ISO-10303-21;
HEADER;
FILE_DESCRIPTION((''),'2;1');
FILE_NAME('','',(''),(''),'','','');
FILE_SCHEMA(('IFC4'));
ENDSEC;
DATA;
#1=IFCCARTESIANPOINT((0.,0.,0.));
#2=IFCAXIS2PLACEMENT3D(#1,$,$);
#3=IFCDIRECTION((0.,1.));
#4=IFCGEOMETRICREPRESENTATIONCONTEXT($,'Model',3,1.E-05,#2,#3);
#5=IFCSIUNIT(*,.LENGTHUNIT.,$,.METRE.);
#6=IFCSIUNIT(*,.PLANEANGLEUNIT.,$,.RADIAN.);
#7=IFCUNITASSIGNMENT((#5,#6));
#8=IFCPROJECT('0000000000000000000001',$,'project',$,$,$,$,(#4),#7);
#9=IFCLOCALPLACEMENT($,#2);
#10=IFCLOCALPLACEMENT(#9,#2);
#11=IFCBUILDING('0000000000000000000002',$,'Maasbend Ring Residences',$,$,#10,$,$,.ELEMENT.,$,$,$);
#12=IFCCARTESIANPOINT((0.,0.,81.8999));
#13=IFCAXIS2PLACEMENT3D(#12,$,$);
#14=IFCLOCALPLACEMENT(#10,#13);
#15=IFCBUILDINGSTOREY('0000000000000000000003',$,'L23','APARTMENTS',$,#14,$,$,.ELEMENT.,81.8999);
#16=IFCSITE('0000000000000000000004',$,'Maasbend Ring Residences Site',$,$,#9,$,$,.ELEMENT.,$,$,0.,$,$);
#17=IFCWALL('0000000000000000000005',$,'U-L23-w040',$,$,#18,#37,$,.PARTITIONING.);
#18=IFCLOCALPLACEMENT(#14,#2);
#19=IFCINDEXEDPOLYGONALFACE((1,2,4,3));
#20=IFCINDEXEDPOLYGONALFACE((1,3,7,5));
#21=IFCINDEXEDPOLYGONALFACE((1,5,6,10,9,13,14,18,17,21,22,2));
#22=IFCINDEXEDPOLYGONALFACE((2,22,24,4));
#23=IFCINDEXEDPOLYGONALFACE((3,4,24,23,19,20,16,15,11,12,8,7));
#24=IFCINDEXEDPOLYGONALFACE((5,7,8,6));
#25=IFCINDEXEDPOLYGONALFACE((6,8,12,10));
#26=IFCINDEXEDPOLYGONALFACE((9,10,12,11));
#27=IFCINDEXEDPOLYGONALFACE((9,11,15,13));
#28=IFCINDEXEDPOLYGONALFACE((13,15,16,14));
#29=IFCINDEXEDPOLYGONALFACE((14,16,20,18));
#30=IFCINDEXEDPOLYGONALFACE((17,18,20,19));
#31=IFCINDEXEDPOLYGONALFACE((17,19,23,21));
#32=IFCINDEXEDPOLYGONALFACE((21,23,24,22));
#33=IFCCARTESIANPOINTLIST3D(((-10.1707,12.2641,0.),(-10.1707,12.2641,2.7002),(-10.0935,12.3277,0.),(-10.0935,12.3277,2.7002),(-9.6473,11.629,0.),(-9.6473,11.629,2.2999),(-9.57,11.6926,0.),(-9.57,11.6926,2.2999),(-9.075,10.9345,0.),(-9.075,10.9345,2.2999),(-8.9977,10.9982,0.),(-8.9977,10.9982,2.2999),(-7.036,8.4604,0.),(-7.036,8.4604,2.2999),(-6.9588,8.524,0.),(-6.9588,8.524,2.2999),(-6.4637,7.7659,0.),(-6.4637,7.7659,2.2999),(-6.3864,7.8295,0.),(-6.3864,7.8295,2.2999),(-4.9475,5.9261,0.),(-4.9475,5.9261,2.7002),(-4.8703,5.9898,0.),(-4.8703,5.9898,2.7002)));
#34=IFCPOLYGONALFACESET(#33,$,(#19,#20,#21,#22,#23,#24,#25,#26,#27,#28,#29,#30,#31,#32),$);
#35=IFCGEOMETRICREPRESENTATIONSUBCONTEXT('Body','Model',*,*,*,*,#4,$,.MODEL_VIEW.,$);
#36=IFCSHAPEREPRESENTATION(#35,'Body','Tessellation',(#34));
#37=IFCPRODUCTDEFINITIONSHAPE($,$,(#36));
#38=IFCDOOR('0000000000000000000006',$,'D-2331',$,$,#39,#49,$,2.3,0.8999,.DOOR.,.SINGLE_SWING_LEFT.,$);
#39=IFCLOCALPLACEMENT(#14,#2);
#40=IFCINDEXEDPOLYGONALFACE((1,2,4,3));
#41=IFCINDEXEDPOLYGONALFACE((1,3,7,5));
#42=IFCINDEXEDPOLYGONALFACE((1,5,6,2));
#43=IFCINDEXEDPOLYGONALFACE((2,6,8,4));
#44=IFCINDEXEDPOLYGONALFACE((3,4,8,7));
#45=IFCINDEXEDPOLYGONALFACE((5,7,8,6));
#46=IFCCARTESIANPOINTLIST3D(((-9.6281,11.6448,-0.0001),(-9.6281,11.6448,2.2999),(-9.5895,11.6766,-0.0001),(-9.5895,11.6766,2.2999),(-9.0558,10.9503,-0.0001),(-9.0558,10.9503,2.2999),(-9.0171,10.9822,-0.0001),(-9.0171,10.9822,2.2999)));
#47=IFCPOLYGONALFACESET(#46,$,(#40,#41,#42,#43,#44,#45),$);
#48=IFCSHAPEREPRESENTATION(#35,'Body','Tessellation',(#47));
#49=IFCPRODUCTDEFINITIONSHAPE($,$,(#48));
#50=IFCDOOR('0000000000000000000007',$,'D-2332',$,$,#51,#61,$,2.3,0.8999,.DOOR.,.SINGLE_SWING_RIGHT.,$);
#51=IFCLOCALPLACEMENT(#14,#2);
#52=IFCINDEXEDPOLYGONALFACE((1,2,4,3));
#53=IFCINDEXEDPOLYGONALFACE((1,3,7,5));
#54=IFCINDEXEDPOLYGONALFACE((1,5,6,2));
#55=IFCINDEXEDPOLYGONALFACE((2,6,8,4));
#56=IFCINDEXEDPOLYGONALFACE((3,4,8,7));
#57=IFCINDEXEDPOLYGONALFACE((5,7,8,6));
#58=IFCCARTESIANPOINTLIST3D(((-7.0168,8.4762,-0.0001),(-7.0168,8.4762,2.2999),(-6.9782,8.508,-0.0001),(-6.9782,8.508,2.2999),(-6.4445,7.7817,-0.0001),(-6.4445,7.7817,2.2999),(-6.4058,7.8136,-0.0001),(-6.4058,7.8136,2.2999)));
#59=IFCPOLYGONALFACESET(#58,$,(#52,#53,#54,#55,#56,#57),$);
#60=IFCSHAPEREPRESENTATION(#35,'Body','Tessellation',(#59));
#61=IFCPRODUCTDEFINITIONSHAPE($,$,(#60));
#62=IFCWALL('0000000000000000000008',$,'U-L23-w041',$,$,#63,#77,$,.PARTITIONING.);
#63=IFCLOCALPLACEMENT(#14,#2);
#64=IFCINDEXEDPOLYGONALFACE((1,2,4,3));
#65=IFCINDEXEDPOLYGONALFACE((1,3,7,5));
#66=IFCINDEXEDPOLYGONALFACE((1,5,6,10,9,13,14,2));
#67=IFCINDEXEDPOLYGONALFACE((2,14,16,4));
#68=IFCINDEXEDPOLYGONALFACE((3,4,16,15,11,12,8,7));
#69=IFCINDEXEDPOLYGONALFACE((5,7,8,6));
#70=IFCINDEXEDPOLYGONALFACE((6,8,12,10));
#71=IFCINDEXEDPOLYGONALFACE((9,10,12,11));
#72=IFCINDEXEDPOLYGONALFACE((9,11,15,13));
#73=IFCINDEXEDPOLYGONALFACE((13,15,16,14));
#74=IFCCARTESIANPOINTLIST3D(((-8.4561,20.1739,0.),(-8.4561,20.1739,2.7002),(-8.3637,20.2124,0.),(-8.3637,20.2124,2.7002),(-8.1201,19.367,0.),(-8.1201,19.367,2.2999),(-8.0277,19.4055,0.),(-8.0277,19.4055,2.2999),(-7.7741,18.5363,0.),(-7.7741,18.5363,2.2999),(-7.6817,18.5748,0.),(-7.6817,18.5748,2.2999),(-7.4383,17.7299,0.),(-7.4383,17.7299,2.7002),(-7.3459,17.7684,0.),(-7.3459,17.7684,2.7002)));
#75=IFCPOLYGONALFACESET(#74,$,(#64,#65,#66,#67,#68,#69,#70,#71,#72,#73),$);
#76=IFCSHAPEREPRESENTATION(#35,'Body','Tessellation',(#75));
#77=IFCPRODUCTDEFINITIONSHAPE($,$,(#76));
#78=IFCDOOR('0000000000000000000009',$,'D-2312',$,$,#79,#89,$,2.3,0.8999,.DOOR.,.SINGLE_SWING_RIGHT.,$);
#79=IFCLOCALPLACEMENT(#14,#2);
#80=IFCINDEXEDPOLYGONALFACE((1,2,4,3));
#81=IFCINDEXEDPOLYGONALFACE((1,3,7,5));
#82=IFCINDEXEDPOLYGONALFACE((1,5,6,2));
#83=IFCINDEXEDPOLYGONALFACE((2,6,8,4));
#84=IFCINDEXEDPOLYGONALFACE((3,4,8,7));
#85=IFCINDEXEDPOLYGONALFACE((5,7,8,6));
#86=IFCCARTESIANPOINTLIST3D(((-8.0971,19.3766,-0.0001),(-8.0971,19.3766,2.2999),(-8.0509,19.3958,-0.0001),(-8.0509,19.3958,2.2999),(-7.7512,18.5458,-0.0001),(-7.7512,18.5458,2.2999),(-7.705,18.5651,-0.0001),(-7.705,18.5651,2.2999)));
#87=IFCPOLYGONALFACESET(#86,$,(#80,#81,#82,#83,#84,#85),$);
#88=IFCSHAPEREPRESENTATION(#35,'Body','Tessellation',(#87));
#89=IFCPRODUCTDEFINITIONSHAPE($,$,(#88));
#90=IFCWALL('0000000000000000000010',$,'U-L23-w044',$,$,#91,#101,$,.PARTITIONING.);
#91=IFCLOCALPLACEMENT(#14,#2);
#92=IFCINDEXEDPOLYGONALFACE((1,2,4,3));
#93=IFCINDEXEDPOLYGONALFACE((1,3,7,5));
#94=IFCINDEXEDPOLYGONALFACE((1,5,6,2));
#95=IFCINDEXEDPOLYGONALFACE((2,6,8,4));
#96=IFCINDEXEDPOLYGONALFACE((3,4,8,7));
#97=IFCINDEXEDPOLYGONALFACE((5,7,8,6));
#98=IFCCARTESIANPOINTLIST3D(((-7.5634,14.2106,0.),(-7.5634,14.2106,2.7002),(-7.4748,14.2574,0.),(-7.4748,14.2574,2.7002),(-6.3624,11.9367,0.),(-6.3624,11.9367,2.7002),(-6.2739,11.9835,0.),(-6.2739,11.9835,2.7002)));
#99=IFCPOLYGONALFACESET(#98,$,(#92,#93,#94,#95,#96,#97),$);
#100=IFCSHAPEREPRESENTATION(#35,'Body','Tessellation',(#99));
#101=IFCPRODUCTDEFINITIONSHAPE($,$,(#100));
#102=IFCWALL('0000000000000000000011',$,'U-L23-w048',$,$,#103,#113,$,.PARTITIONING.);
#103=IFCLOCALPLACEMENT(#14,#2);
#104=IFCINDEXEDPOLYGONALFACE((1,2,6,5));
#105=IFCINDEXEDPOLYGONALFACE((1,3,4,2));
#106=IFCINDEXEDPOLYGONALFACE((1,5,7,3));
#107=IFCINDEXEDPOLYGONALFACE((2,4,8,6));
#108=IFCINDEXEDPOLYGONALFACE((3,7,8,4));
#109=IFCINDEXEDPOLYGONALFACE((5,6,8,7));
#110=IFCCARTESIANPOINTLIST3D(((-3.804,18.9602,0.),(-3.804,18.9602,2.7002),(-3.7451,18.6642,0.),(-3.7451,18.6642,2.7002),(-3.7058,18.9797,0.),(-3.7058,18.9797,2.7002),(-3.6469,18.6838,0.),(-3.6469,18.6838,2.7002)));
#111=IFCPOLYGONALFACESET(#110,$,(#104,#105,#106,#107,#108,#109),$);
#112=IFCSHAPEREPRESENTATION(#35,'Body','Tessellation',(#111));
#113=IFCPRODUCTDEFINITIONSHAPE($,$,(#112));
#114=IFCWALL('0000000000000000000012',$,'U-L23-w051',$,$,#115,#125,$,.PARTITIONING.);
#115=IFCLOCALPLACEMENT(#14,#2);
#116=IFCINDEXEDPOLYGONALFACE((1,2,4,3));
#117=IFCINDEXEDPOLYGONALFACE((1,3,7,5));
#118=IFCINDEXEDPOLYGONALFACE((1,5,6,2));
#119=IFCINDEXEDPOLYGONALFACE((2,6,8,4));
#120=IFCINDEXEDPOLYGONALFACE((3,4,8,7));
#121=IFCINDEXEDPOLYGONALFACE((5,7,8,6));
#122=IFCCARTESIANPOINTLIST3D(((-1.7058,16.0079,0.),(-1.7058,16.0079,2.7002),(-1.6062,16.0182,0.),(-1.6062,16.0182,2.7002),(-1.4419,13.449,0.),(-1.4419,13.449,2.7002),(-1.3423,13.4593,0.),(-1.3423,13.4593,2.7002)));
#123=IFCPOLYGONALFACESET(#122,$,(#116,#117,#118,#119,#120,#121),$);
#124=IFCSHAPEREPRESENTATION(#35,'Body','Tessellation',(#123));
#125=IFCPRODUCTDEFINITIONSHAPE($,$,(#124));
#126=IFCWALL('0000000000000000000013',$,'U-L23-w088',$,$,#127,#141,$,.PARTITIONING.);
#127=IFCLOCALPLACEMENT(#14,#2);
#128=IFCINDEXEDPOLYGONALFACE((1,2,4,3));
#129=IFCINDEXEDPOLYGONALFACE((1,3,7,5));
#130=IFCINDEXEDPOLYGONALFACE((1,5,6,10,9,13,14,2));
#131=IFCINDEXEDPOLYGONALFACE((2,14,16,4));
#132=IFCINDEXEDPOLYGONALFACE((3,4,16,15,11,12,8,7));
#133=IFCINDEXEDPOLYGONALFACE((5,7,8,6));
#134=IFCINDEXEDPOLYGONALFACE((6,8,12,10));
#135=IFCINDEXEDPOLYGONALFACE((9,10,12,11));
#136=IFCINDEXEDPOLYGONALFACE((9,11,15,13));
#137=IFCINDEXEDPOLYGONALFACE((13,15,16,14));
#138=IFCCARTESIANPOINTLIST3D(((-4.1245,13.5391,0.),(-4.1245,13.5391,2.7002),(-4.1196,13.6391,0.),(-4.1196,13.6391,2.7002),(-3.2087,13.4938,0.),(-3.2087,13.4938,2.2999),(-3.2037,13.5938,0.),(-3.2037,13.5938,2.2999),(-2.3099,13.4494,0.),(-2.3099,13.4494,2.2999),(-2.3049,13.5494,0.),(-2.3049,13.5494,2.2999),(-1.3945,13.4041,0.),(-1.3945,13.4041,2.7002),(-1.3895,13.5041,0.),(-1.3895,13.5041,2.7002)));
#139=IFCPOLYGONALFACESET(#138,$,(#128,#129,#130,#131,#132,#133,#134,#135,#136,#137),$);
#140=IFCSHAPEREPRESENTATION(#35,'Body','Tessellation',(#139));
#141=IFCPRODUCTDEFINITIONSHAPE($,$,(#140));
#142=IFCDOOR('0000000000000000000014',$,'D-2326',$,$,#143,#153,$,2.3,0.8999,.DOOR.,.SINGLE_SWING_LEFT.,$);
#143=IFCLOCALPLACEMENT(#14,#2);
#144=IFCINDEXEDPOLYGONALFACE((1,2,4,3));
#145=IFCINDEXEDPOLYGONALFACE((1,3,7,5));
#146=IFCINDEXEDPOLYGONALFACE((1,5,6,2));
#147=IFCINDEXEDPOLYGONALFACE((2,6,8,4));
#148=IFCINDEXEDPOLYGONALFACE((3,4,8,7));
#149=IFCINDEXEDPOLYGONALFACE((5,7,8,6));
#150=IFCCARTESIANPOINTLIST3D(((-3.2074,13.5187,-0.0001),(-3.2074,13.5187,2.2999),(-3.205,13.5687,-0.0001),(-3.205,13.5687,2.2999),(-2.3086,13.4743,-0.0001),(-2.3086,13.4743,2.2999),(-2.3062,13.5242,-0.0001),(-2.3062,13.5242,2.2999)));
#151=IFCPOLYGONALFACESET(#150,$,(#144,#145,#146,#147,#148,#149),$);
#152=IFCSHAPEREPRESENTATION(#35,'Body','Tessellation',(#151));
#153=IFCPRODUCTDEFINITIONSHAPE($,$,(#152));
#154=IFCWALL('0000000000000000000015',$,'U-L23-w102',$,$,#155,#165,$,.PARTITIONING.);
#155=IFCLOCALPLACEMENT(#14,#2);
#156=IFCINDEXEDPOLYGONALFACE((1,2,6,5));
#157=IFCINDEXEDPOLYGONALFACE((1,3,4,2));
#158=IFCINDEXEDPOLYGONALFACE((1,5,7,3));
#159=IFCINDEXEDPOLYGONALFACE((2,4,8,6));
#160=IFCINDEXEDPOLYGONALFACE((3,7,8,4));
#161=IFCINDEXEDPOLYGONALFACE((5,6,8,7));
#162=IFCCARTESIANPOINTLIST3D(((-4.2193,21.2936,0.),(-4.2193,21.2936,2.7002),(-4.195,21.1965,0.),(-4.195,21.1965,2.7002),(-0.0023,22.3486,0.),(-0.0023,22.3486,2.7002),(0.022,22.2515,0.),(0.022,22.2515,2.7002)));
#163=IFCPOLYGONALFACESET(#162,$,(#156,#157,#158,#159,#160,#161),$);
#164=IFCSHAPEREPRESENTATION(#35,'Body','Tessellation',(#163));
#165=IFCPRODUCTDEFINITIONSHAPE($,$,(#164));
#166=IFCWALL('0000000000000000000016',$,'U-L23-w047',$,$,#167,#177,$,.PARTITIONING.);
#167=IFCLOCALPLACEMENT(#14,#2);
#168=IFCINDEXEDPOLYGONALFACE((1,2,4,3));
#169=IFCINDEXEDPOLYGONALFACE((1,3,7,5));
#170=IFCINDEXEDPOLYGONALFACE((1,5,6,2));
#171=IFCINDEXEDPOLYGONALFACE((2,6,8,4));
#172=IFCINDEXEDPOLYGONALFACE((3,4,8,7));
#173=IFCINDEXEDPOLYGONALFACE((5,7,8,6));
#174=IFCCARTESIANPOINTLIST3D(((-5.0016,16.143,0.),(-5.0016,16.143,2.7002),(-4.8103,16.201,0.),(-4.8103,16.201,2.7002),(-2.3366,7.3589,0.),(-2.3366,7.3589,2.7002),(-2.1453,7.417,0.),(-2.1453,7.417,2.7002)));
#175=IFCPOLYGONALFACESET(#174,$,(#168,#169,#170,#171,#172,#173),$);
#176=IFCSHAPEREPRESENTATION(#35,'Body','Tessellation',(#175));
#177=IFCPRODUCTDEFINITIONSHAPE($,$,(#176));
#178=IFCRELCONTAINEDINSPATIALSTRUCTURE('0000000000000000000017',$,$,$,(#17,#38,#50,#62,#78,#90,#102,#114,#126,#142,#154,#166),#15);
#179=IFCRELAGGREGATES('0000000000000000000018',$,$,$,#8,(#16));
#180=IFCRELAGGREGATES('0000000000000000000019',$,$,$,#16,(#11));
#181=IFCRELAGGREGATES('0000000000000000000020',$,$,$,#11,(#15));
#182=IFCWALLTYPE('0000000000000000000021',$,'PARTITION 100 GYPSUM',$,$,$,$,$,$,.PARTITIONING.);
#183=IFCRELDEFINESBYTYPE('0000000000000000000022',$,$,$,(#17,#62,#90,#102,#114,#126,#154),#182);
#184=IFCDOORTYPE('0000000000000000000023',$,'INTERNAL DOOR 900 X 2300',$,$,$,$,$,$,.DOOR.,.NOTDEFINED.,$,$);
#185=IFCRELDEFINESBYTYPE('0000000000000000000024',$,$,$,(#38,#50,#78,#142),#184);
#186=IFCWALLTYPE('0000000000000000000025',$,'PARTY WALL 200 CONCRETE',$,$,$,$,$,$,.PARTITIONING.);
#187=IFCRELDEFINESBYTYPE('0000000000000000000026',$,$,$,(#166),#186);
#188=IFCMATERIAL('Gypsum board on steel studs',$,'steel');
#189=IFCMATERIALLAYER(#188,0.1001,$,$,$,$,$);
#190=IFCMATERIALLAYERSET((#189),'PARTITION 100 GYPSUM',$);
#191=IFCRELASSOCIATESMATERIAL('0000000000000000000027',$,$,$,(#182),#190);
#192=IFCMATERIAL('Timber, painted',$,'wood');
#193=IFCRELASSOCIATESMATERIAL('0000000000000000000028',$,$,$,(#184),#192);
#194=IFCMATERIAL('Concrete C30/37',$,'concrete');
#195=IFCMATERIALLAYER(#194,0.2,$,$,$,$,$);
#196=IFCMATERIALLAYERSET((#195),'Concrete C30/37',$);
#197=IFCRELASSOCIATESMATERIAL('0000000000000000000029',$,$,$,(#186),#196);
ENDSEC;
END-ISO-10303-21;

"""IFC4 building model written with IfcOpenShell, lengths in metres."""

from ifc_helpers import new_model, si_unit, direction, frame, frame_2d, origin, place, context, subcontext, project, spatial, rectangle, extrude, material, layer, layer_set, type_object, element, fill, save


model = new_model("IFC4")

# Units and contexts
model_context = context("Model", 3, precision=1e-05, world=origin(), true_north=direction((0.0, 1.0)))
body_context = subcontext(model_context, "Body", "Model", "MODEL_VIEW")
ifc_project = project(units=[si_unit("LENGTHUNIT", "METRE"), si_unit("PLANEANGLEUNIT", "RADIAN")], contexts=[model_context])

# Site, building, storey
site_placement = place(None, origin())
site = spatial("IfcSite", under=ifc_project, at=site_placement, Name="Maasbend Ring Residences Site", CompositionType="ELEMENT", RefElevation=0.0)
building_placement = place(site_placement, origin())
building = spatial("IfcBuilding", under=site, at=building_placement, Name="Maasbend Ring Residences", CompositionType="ELEMENT")
storey_placement = place(building_placement, frame((0.0, 0.0, 81.8999)))
storey = spatial("IfcBuildingStorey", under=building, at=storey_placement, Name="L23", Description="APARTMENTS", CompositionType="ELEMENT", Elevation=81.8999)

# Wall, openings, doors
ifc_material_1 = material(Name="Gypsum board on steel studs", Category="steel")
ifc_layer_1 = layer(ifc_material_1, 0.1001)
ifc_layer_set_1 = layer_set([ifc_layer_1], Name="PARTITION 100 GYPSUM")
wall_type_1 = type_object("IfcWallType", Name="PARTITION 100 GYPSUM", PredefinedType="PARTITIONING", material=ifc_layer_set_1)
wall_1_placement = place(storey_placement, frame((-10.1321, 12.2959, 0.0), z_axis=(0.0, 0.0, 1.0), x_axis=(0.635976, -0.771709, 0.0)))
wall_1 = element("IfcWall", 1, at=wall_1_placement, inside=storey, type_object=wall_type_1, Name="U-L23-w040", PredefinedType="PARTITIONING", context=body_context, shape_type="SweptSolid", body=[
    extrude(rectangle(XDim=8.2129, YDim=0.1001, at=frame_2d((4.1064, 0.0))), origin(), (0.0, 0.0, 1.0), 2.7002),
])
opening_1_placement = place(wall_1_placement, frame((0.823, 0.0, 0.0)))
opening_1 = element("IfcOpeningElement", 2, at=opening_1_placement, cuts=wall_1, PredefinedType="OPENING", context=body_context, shape_type="SweptSolid", body=[
    extrude(rectangle(XDim=0.8999, YDim=2.3, at=frame_2d((0.45, 1.1499))), frame((0.0, 0.0601, 0.0), z_axis=(0.0, -1.0, 0.0), x_axis=(1.0, 0.0, 0.0)), (0.0, 0.0, 1.0), 0.1201),
])
opening_2_placement = place(wall_1_placement, frame((4.929, 0.0, 0.0)))
opening_2 = element("IfcOpeningElement", 3, at=opening_2_placement, cuts=wall_1, PredefinedType="OPENING", context=body_context, shape_type="SweptSolid", body=[
    extrude(rectangle(XDim=0.8999, YDim=2.3, at=frame_2d((0.45, 1.1499))), frame((0.0, 0.0601, 0.0), z_axis=(0.0, -1.0, 0.0), x_axis=(1.0, 0.0, 0.0)), (0.0, 0.0, 1.0), 0.1201),
])
ifc_material_2 = material(Name="Timber, painted", Category="wood")
door_type_1 = type_object("IfcDoorType", Name="INTERNAL DOOR 900 X 2300", OperationType="NOTDEFINED", PredefinedType="DOOR", material=ifc_material_2)
door_1_placement = place(opening_1_placement, origin())
door_1 = element("IfcDoor", 4, at=door_1_placement, inside=storey, type_object=door_type_1, Name="D-2331", OperationType="SINGLE_SWING_LEFT", OverallHeight=2.3, OverallWidth=0.8999, PredefinedType="DOOR", context=body_context, shape_type="SweptSolid", body=[
    extrude(rectangle(XDim=0.8999, YDim=2.3, at=frame_2d((0.45, 1.1499))), frame((0.0, 0.0249, 0.0), z_axis=(0.0, -1.0, 0.0), x_axis=(1.0, 0.0, 0.0)), (0.0, 0.0, 1.0), 0.05),
])
fill(opening_1, door_1)
door_2_placement = place(opening_2_placement, origin())
door_2 = element("IfcDoor", 5, at=door_2_placement, inside=storey, type_object=door_type_1, Name="D-2332", OperationType="SINGLE_SWING_RIGHT", OverallHeight=2.3, OverallWidth=0.8999, PredefinedType="DOOR", context=body_context, shape_type="SweptSolid", body=[
    extrude(rectangle(XDim=0.8999, YDim=2.3, at=frame_2d((0.45, 1.1499))), frame((0.0, 0.0249, 0.0), z_axis=(0.0, -1.0, 0.0), x_axis=(1.0, 0.0, 0.0)), (0.0, 0.0, 1.0), 0.05),
])
fill(opening_2, door_2)

# Wall, opening, door
wall_2_placement = place(storey_placement, frame((-8.4099, 20.1931, 0.0), z_axis=(0.0, 0.0, 1.0), x_axis=(0.384439, -0.923151, 0.0)))
wall_2 = element("IfcWall", 6, at=wall_2_placement, inside=storey, type_object=wall_type_1, Name="U-L23-w041", PredefinedType="PARTITIONING", context=body_context, shape_type="SweptSolid", body=[
    extrude(rectangle(XDim=2.6475, YDim=0.1001, at=frame_2d((1.3237, 0.0))), origin(), (0.0, 0.0, 1.0), 2.7002),
])
opening_3_placement = place(wall_2_placement, frame((0.874, 0.0, 0.0)))
opening_3 = element("IfcOpeningElement", 7, at=opening_3_placement, cuts=wall_2, PredefinedType="OPENING", context=body_context, shape_type="SweptSolid", body=[
    extrude(rectangle(XDim=0.8999, YDim=2.3, at=frame_2d((0.45, 1.1499))), frame((0.0, 0.0601, 0.0), z_axis=(0.0, -1.0, 0.0), x_axis=(1.0, 0.0, 0.0)), (0.0, 0.0, 1.0), 0.1201),
])
door_3_placement = place(opening_3_placement, origin())
door_3 = element("IfcDoor", 8, at=door_3_placement, inside=storey, type_object=door_type_1, Name="D-2312", OperationType="SINGLE_SWING_RIGHT", OverallHeight=2.3, OverallWidth=0.8999, PredefinedType="DOOR", context=body_context, shape_type="SweptSolid", body=[
    extrude(rectangle(XDim=0.8999, YDim=2.3, at=frame_2d((0.45, 1.1499))), frame((0.0, 0.0249, 0.0), z_axis=(0.0, -1.0, 0.0), x_axis=(1.0, 0.0, 0.0)), (0.0, 0.0, 1.0), 0.05),
])
fill(opening_3, door_3)

# Walls
wall_3_placement = place(storey_placement, frame((-7.519, 14.2339, 0.0), z_axis=(0.0, 0.0, 1.0), x_axis=(0.467002, -0.884256, 0.0)))
element("IfcWall", 9, at=wall_3_placement, inside=storey, type_object=wall_type_1, Name="U-L23-w044", PredefinedType="PARTITIONING", context=body_context, shape_type="SweptSolid", body=[
    extrude(rectangle(XDim=2.5715, YDim=0.1001, at=frame_2d((1.2856, 0.0))), origin(), (0.0, 0.0, 1.0), 2.7002),
])
wall_4_placement = place(storey_placement, frame((-3.7549, 18.97, 0.0), z_axis=(0.0, 0.0, 1.0), x_axis=(0.195027, -0.980798, 0.0)))
element("IfcWall", 10, at=wall_4_placement, inside=storey, type_object=wall_type_1, Name="U-L23-w048", PredefinedType="PARTITIONING", context=body_context, shape_type="SweptSolid", body=[
    extrude(rectangle(XDim=0.3018, YDim=0.1001, at=frame_2d((0.1509, 0.0))), origin(), (0.0, 0.0, 1.0), 2.7002),
])
wall_5_placement = place(storey_placement, frame((-1.656, 16.0129, 0.0), z_axis=(0.0, 0.0, 1.0), x_axis=(0.102595, -0.994723, 0.0)))
element("IfcWall", 11, at=wall_5_placement, inside=storey, type_object=wall_type_1, Name="U-L23-w051", PredefinedType="PARTITIONING", context=body_context, shape_type="SweptSolid", body=[
    extrude(rectangle(XDim=2.5725, YDim=0.1001, at=frame_2d((1.2861, 0.0))), origin(), (0.0, 0.0, 1.0), 2.7002),
])

# Wall, opening, door
wall_6_placement = place(storey_placement, frame((-4.1221, 13.5891, 0.0), z_axis=(0.0, 0.0, 1.0), x_axis=(0.998779, -0.049394, 0.0)))
wall_6 = element("IfcWall", 12, at=wall_6_placement, inside=storey, type_object=wall_type_1, Name="U-L23-w088", PredefinedType="PARTITIONING", context=body_context, shape_type="SweptSolid", body=[
    extrude(rectangle(XDim=2.7334, YDim=0.1001, at=frame_2d((1.3667, 0.0))), origin(), (0.0, 0.0, 1.0), 2.7002),
])
opening_4_placement = place(wall_6_placement, frame((0.917, 0.0, 0.0)))
opening_4 = element("IfcOpeningElement", 13, at=opening_4_placement, cuts=wall_6, PredefinedType="OPENING", context=body_context, shape_type="SweptSolid", body=[
    extrude(rectangle(XDim=0.8999, YDim=2.3, at=frame_2d((0.45, 1.1499))), frame((0.0, 0.0601, 0.0), z_axis=(0.0, -1.0, 0.0), x_axis=(1.0, 0.0, 0.0)), (0.0, 0.0, 1.0), 0.1201),
])
door_4_placement = place(opening_4_placement, origin())
door_4 = element("IfcDoor", 14, at=door_4_placement, inside=storey, type_object=door_type_1, Name="D-2326", OperationType="SINGLE_SWING_LEFT", OverallHeight=2.3, OverallWidth=0.8999, PredefinedType="DOOR", context=body_context, shape_type="SweptSolid", body=[
    extrude(rectangle(XDim=0.8999, YDim=2.3, at=frame_2d((0.45, 1.1499))), frame((0.0, 0.0249, 0.0), z_axis=(0.0, -1.0, 0.0), x_axis=(1.0, 0.0, 0.0)), (0.0, 0.0, 1.0), 0.05),
])
fill(opening_4, door_4)

# Walls
wall_7_placement = place(storey_placement, frame((-4.207, 21.2451, 0.0), z_axis=(0.0, 0.0, 1.0), x_axis=(0.970106, 0.242681, 0.0)))
element("IfcWall", 15, at=wall_7_placement, inside=storey, type_object=wall_type_1, Name="U-L23-w102", PredefinedType="PARTITIONING", context=body_context, shape_type="SweptSolid", body=[
    extrude(rectangle(XDim=4.3469, YDim=0.1001, at=frame_2d((2.1733, 0.0))), origin(), (0.0, 0.0, 1.0), 2.7002),
])
ifc_material_3 = material(Name="Concrete C30/37", Category="concrete")
ifc_layer_2 = layer(ifc_material_3, 0.2)
ifc_layer_set_2 = layer_set([ifc_layer_2], Name="Concrete C30/37")
wall_type_2 = type_object("IfcWallType", Name="PARTY WALL 200 CONCRETE", PredefinedType="PARTITIONING", material=ifc_layer_set_2)
wall_8_placement = place(storey_placement, frame((-4.906, 16.1721, 0.0), z_axis=(0.0, 0.0, 1.0), x_axis=(0.290323, -0.956929, 0.0)))
element("IfcWall", 16, at=wall_8_placement, inside=storey, type_object=wall_type_2, Name="U-L23-w047", PredefinedType="PARTITIONING", context=body_context, shape_type="SweptSolid", body=[
    extrude(rectangle(XDim=9.1794, YDim=0.2, at=frame_2d((4.5898, 0.0))), origin(), (0.0, 0.0, 1.0), 2.7002),
])

save(model, "model.ifc")
